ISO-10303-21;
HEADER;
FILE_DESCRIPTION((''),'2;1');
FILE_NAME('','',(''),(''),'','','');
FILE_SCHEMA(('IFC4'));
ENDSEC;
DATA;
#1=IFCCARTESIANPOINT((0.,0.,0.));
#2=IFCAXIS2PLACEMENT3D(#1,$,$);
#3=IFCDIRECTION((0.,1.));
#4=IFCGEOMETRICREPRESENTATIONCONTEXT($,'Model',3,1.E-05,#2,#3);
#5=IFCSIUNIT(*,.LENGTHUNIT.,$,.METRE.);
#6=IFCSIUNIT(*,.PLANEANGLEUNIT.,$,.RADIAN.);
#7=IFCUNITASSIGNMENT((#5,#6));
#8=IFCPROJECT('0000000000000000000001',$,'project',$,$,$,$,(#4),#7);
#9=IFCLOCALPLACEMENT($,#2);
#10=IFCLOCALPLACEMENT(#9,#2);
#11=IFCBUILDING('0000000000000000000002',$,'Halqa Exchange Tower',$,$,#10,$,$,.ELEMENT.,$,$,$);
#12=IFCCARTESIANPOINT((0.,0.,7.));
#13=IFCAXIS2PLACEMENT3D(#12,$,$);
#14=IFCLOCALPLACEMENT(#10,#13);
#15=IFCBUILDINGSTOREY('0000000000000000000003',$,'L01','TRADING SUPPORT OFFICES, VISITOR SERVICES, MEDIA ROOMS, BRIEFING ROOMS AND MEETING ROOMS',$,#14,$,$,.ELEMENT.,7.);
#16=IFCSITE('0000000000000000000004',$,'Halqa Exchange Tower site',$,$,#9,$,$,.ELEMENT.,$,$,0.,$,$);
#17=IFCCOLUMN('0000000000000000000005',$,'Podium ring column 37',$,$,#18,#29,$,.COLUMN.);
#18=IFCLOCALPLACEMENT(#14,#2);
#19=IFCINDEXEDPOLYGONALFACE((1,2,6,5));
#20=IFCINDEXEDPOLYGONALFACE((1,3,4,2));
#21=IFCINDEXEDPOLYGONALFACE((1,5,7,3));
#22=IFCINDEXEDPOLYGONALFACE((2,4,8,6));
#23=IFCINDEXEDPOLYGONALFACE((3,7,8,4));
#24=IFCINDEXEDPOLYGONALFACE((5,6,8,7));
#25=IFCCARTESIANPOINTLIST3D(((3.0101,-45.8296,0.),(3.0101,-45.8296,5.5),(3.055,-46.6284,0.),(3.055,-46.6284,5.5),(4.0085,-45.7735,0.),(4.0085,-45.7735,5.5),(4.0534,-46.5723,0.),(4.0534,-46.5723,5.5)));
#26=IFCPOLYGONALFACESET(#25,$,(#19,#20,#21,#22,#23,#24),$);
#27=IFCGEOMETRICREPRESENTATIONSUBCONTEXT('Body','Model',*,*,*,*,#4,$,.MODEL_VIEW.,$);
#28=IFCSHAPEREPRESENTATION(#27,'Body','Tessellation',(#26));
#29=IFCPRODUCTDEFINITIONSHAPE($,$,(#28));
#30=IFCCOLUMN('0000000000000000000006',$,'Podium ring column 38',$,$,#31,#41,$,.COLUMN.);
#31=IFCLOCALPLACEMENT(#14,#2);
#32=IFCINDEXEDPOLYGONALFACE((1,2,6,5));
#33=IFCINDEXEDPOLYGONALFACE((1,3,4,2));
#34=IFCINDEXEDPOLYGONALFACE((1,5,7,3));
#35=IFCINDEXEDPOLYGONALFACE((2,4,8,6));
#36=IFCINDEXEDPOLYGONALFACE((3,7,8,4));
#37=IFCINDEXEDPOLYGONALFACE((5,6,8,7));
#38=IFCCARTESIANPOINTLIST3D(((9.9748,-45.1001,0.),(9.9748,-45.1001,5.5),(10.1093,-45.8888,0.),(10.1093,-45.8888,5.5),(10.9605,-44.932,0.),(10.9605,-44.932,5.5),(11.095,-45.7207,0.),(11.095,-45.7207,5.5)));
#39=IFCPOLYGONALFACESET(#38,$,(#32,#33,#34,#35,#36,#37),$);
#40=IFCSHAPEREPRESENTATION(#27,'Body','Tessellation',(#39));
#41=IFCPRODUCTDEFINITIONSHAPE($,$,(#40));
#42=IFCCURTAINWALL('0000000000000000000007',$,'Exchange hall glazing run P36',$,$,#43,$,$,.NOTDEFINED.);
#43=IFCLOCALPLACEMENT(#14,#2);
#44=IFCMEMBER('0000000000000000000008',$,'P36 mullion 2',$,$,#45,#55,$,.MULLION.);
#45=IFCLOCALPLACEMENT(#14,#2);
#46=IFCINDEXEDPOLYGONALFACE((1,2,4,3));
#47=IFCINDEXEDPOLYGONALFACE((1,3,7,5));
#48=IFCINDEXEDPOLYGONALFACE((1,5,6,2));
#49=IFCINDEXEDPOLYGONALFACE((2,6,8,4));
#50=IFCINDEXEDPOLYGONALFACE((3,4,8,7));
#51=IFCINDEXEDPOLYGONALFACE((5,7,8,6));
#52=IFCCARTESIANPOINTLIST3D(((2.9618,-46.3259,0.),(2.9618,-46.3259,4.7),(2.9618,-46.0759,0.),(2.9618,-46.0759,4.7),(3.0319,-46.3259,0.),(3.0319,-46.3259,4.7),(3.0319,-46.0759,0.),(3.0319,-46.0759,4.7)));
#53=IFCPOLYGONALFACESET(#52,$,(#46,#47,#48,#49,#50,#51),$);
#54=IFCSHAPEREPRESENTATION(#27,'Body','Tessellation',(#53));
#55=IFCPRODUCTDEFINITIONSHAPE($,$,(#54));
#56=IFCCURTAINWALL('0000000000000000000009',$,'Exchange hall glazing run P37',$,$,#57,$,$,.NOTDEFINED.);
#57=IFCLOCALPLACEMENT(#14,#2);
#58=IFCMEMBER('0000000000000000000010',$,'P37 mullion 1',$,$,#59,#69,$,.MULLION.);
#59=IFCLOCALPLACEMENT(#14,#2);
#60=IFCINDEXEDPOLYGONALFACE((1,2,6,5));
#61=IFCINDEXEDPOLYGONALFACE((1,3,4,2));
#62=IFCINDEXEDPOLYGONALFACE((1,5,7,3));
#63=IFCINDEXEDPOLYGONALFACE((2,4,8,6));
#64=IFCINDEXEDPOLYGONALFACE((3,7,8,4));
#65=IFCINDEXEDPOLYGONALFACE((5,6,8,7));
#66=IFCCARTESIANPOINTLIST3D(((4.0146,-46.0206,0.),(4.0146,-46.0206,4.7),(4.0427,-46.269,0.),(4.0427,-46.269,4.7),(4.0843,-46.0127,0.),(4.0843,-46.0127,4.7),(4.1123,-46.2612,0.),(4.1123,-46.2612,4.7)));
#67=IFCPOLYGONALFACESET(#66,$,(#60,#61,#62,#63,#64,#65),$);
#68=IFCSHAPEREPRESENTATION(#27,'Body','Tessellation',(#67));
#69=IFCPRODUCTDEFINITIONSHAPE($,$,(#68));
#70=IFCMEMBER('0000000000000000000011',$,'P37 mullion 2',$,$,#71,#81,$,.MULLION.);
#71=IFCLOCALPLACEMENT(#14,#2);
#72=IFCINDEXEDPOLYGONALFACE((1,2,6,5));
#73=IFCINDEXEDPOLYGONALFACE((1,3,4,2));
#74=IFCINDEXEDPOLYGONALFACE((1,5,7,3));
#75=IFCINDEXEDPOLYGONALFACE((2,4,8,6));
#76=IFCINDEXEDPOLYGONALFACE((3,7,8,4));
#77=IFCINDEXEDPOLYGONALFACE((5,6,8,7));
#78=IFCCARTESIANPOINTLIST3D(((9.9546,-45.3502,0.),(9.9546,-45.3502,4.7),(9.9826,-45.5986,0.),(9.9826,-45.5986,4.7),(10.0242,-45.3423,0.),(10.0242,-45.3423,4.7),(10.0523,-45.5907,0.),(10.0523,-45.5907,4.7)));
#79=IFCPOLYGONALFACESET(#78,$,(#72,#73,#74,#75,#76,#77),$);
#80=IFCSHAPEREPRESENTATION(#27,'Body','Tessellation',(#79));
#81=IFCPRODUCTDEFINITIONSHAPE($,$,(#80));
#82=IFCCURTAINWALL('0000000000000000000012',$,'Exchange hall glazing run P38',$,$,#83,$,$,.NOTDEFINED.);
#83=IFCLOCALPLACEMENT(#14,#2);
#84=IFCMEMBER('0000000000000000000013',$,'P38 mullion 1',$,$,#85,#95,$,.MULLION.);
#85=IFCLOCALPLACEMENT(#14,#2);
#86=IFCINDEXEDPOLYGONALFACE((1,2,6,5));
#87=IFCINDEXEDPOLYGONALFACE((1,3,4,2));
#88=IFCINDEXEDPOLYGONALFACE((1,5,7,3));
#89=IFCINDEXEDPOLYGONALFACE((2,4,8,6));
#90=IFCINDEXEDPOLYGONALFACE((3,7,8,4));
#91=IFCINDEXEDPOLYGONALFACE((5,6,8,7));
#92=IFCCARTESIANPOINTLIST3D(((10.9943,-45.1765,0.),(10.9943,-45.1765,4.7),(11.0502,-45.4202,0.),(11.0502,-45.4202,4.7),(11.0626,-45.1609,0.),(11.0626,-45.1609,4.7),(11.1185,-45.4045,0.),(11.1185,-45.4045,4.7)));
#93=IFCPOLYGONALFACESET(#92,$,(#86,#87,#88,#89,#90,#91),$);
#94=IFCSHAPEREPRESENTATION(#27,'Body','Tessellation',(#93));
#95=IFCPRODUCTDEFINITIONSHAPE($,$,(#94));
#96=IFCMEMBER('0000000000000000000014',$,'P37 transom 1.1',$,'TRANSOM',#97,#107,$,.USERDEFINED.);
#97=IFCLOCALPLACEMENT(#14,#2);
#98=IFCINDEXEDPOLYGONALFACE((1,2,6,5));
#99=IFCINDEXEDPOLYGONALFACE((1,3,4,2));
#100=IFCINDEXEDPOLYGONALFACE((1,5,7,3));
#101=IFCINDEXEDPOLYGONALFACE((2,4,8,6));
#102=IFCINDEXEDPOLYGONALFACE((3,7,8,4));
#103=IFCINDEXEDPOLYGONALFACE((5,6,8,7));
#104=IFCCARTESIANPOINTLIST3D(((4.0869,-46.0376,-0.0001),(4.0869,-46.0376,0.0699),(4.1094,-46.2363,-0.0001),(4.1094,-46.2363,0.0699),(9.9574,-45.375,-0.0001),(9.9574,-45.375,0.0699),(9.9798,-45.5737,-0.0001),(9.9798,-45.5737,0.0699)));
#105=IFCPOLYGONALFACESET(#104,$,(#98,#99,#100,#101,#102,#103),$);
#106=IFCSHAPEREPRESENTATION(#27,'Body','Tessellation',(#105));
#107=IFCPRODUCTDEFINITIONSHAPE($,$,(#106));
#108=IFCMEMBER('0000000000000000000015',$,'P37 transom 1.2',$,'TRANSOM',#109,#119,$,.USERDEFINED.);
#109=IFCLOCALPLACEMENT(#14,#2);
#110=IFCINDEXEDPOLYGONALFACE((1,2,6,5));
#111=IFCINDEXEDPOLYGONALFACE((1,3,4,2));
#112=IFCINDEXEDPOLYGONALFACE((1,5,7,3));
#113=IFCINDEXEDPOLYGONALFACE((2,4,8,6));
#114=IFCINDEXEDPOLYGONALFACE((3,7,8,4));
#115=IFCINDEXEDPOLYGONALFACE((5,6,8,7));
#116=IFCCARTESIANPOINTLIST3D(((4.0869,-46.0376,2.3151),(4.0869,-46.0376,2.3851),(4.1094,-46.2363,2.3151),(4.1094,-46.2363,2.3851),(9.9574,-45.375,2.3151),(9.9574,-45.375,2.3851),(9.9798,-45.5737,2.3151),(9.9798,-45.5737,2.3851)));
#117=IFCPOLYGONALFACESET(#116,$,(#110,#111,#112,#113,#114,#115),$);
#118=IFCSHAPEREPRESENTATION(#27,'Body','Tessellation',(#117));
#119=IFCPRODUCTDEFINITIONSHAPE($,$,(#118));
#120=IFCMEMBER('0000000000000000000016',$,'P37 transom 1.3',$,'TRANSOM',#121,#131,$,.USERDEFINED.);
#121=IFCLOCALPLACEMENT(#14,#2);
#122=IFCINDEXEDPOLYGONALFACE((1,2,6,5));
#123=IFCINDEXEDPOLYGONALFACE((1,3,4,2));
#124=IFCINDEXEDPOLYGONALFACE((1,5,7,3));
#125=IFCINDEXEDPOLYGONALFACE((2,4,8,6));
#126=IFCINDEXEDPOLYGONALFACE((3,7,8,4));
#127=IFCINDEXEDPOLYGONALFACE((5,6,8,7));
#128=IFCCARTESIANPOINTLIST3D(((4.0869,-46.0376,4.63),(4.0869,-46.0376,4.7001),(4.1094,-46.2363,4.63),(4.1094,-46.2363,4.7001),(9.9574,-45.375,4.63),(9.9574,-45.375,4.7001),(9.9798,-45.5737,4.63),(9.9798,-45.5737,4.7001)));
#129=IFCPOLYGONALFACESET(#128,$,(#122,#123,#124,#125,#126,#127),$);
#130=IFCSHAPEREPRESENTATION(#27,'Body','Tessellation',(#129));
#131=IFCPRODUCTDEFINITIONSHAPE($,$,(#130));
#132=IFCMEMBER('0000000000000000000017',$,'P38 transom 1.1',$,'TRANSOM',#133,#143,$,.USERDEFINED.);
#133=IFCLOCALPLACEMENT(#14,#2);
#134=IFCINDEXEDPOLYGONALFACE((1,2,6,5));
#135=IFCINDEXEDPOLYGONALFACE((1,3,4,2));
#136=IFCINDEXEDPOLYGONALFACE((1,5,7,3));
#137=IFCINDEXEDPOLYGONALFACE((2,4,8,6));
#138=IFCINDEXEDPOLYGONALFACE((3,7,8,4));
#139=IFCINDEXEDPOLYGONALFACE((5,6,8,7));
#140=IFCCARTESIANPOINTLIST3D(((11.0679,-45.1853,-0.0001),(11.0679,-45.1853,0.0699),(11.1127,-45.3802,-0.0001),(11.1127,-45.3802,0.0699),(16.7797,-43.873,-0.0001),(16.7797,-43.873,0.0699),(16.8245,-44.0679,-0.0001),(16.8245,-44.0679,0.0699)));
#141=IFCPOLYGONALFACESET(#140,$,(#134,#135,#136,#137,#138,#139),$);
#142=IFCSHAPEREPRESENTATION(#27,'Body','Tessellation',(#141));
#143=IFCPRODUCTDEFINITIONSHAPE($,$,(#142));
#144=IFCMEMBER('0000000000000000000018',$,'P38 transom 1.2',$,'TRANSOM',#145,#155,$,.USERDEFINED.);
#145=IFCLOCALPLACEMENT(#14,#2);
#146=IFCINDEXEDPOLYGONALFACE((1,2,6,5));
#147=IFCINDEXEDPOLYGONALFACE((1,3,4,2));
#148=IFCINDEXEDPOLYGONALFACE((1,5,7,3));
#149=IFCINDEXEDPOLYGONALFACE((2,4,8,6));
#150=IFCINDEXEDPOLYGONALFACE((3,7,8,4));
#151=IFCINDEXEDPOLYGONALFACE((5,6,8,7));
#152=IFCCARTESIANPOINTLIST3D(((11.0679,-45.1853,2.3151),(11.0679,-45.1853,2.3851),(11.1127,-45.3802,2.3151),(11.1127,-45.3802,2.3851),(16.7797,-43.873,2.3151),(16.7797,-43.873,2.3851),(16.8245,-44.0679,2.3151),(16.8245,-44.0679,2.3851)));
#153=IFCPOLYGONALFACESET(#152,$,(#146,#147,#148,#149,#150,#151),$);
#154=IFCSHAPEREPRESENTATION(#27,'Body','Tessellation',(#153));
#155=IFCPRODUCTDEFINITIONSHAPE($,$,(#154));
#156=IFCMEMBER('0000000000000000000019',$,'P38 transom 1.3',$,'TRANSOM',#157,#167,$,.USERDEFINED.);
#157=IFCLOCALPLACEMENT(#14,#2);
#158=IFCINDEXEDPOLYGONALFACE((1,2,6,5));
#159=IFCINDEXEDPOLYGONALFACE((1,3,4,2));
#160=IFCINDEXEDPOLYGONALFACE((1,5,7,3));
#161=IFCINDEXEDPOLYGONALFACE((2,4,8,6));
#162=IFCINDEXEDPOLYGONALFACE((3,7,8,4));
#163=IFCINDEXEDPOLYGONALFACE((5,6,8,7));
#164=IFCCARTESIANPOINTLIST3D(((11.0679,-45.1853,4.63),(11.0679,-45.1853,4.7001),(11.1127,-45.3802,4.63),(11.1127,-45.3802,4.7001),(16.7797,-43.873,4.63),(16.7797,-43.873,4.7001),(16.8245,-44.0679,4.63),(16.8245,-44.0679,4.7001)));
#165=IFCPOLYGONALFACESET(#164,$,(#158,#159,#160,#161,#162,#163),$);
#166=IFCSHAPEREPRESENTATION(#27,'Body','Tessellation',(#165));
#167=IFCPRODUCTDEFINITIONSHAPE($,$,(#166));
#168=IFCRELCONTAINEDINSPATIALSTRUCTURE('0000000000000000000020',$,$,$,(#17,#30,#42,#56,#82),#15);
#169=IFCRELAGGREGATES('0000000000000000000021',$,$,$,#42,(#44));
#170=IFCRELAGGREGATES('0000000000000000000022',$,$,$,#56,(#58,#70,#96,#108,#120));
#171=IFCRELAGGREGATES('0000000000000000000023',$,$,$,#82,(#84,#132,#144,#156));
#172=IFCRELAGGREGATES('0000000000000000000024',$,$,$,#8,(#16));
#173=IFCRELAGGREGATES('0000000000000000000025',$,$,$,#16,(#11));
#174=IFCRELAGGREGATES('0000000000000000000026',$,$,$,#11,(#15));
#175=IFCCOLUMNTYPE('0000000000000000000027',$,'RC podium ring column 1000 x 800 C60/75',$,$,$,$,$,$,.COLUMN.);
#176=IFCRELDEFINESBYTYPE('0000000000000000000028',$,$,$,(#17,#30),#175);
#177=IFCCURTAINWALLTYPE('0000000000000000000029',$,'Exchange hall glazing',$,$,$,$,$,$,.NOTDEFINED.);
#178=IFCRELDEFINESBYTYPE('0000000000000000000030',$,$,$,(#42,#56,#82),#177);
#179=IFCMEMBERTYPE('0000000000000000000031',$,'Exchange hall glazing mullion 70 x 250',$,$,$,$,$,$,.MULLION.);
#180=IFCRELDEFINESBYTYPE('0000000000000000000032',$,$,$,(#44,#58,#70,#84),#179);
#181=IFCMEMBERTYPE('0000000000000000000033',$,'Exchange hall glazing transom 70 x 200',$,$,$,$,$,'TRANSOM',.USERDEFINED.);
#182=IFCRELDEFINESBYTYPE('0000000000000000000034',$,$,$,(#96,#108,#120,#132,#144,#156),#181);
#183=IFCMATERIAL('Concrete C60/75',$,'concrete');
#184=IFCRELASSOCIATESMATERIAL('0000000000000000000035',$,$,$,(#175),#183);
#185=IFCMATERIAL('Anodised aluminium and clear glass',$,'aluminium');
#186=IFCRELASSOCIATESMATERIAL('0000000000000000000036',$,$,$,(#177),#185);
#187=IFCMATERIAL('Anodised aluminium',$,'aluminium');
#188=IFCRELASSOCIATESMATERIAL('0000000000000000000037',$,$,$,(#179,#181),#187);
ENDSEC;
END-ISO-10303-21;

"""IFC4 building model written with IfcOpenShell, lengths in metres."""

from ifc_helpers import new_model, si_unit, direction, frame, origin, origin_2d, place, context, subcontext, project, spatial, rectangle, extrude, material, material_profile, profile_set, type_object, element, aggregate, save


model = new_model("IFC4")

# Units and contexts
model_context = context("Model", 3, precision=1e-05, world=origin(), true_north=direction((0.0, 1.0)))
body_context = subcontext(model_context, "Body", "Model", "MODEL_VIEW")
ifc_project = project(units=[si_unit("LENGTHUNIT", "METRE"), si_unit("PLANEANGLEUNIT", "RADIAN")], contexts=[model_context])

# Site, building, storey
site_placement = place(None, origin())
site = spatial("IfcSite", under=ifc_project, at=site_placement, Name="Halqa Exchange Tower site", CompositionType="ELEMENT", RefElevation=0.0)
building_placement = place(site_placement, origin())
building = spatial("IfcBuilding", under=site, at=building_placement, Name="Halqa Exchange Tower", CompositionType="ELEMENT")
storey_placement = place(building_placement, frame((0.0, 0.0, 7.0)))
storey = spatial("IfcBuildingStorey", under=building, at=storey_placement, Name="L01", Description="TRADING SUPPORT OFFICES, VISITOR SERVICES, MEDIA ROOMS, BRIEFING ROOMS AND MEETING ROOMS", CompositionType="ELEMENT", Elevation=7.0)

# Columns
ifc_material_1 = material(Name="Concrete C60/75", Category="concrete")
ifc_material_profile_1 = material_profile(ifc_material_1, rectangle(XDim=1.0, YDim=0.8, at=origin_2d()), Name="1000 x 800")
ifc_profile_set_1 = profile_set([ifc_material_profile_1], Name="Concrete C60/75")
column_type = type_object("IfcColumnType", Name="RC podium ring column 1000 x 800 C60/75", PredefinedType="COLUMN", material=ifc_profile_set_1)
for number, where, z_axis, x_axis, name in (
    (1, (3.5317, -46.2009, 0.0), (0.0, 0.0, 1.0), (0.998425, 0.056107, 0.0), "Podium ring column 37"),
    (2, (10.5349, -45.4104, 0.0), (0.0, 0.0, 1.0), (0.985766, 0.168121, 0.0), "Podium ring column 38"),
):
    element("IfcColumn", number, at=place(storey_placement, frame(where, z_axis=z_axis, x_axis=x_axis)), inside=storey, type_object=column_type, Name=name, PredefinedType="COLUMN", context=body_context, shape_type="SweptSolid", body=[
        extrude(rectangle(XDim=1.0, YDim=0.8, at=origin_2d()), origin(), (0.0, 0.0, 1.0), 5.5),
    ])

# Curtain wall, member
ifc_material_2 = material(Name="Anodised aluminium and clear glass", Category="aluminium")
curtain_wall_type = type_object("IfcCurtainWallType", Name="Exchange hall glazing", PredefinedType="NOTDEFINED", material=ifc_material_2)
curtain_wall_1_placement = place(storey_placement, origin())
curtain_wall_1 = element("IfcCurtainWall", 3, at=curtain_wall_1_placement, inside=storey, type_object=curtain_wall_type, Name="Exchange hall glazing run P36", PredefinedType="NOTDEFINED")
ifc_material_3 = material(Name="Anodised aluminium", Category="aluminium")
ifc_material_profile_2 = material_profile(ifc_material_3, rectangle(XDim=0.25, YDim=0.0701, at=origin_2d()), Name="AL 70x250")
ifc_profile_set_2 = profile_set([ifc_material_profile_2], Name="Anodised aluminium")
member_type_1 = type_object("IfcMemberType", Name="Exchange hall glazing mullion 70 x 250", PredefinedType="MULLION", material=ifc_profile_set_2)
member_1_placement = place(storey_placement, frame((2.9968, -46.2009, 0.0), z_axis=(0.0, 0.0, 1.0), x_axis=(0.0, 1.0, 0.0)))
member_1 = element("IfcMember", 4, at=member_1_placement, type_object=member_type_1, Name="P36 mullion 2", PredefinedType="MULLION", context=body_context, shape_type="SweptSolid", body=[
    extrude(rectangle(XDim=0.25, YDim=0.0701, at=origin_2d()), origin(), (0.0, 0.0, 1.0), 4.7),
])

# Curtain wall, members
curtain_wall_2_placement = place(storey_placement, origin())
curtain_wall_2 = element("IfcCurtainWall", 5, at=curtain_wall_2_placement, inside=storey, type_object=curtain_wall_type, Name="Exchange hall glazing run P37", PredefinedType="NOTDEFINED")
member_2_placement = place(storey_placement, frame((4.0635, -46.1409, 0.0), z_axis=(0.0, 0.0, 1.0), x_axis=(-0.112159, 0.99369, 0.0)))
member_2 = element("IfcMember", 6, at=member_2_placement, type_object=member_type_1, Name="P37 mullion 1", PredefinedType="MULLION", context=body_context, shape_type="SweptSolid", body=[
    extrude(rectangle(XDim=0.25, YDim=0.0701, at=origin_2d()), origin(), (0.0, 0.0, 1.0), 4.7),
])
member_3_placement = place(storey_placement, frame((10.0034, -45.4705, 0.0), z_axis=(0.0, 0.0, 1.0), x_axis=(-0.112159, 0.99369, 0.0)))
member_3 = element("IfcMember", 7, at=member_3_placement, type_object=member_type_1, Name="P37 mullion 2", PredefinedType="MULLION", context=body_context, shape_type="SweptSolid", body=[
    extrude(rectangle(XDim=0.25, YDim=0.0701, at=origin_2d()), origin(), (0.0, 0.0, 1.0), 4.7),
])

# Curtain wall, member
curtain_wall_3_placement = place(storey_placement, origin())
curtain_wall_3 = element("IfcCurtainWall", 8, at=curtain_wall_3_placement, inside=storey, type_object=curtain_wall_type, Name="Exchange hall glazing run P38", PredefinedType="NOTDEFINED")
member_4_placement = place(storey_placement, frame((11.0564, -45.2905, 0.0), z_axis=(0.0, 0.0, 1.0), x_axis=(-0.223897, 0.974613, 0.0)))
member_4 = element("IfcMember", 9, at=member_4_placement, type_object=member_type_1, Name="P38 mullion 1", PredefinedType="MULLION", context=body_context, shape_type="SweptSolid", body=[
    extrude(rectangle(XDim=0.25, YDim=0.0701, at=origin_2d()), origin(), (0.0, 0.0, 1.0), 4.7),
])

# Members
ifc_material_profile_3 = material_profile(ifc_material_3, rectangle(XDim=0.2, YDim=0.0701, at=origin_2d()), Name="AL 70x200")
ifc_profile_set_3 = profile_set([ifc_material_profile_3], Name="Anodised aluminium")
member_type_2 = type_object("IfcMemberType", Name="Exchange hall glazing transom 70 x 200", ElementType="TRANSOM", PredefinedType="USERDEFINED", material=ifc_profile_set_3)
member_5_placement = place(storey_placement, frame((4.0981, -46.137, 0.0349), z_axis=(0.99369, 0.11216, 0.0), x_axis=(-0.11216, 0.99369, 0.0)))
member_5 = element("IfcMember", 10, at=member_5_placement, type_object=member_type_2, Name="P37 transom 1.1", ObjectType="TRANSOM", PredefinedType="USERDEFINED", context=body_context, shape_type="SweptSolid", body=[
    extrude(rectangle(XDim=0.2, YDim=0.0701, at=origin_2d()), origin(), (0.0, 0.0, 1.0), 5.9077),
])
member_6_placement = place(storey_placement, frame((4.0981, -46.137, 2.3501), z_axis=(0.99369, 0.11216, 0.0), x_axis=(-0.11216, 0.99369, 0.0)))
member_6 = element("IfcMember", 11, at=member_6_placement, type_object=member_type_2, Name="P37 transom 1.2", ObjectType="TRANSOM", PredefinedType="USERDEFINED", context=body_context, shape_type="SweptSolid", body=[
    extrude(rectangle(XDim=0.2, YDim=0.0701, at=origin_2d()), origin(), (0.0, 0.0, 1.0), 5.9077),
])
member_7_placement = place(storey_placement, frame((4.0981, -46.137, 4.665), z_axis=(0.99369, 0.11216, 0.0), x_axis=(-0.11216, 0.99369, 0.0)))
member_7 = element("IfcMember", 12, at=member_7_placement, type_object=member_type_2, Name="P37 transom 1.3", ObjectType="TRANSOM", PredefinedType="USERDEFINED", context=body_context, shape_type="SweptSolid", body=[
    extrude(rectangle(XDim=0.2, YDim=0.0701, at=origin_2d()), origin(), (0.0, 0.0, 1.0), 5.9077),
])
member_8_placement = place(storey_placement, frame((11.0903, -45.2827, 0.0349), z_axis=(0.97461, 0.223907, 0.0), x_axis=(-0.223907, 0.97461, 0.0)))
member_8 = element("IfcMember", 13, at=member_8_placement, type_object=member_type_2, Name="P38 transom 1.1", ObjectType="TRANSOM", PredefinedType="USERDEFINED", context=body_context, shape_type="SweptSolid", body=[
    extrude(rectangle(XDim=0.2, YDim=0.0701, at=origin_2d()), origin(), (0.0, 0.0, 1.0), 5.8606),
])
member_9_placement = place(storey_placement, frame((11.0903, -45.2827, 2.3501), z_axis=(0.97461, 0.223907, 0.0), x_axis=(-0.223907, 0.97461, 0.0)))
member_9 = element("IfcMember", 14, at=member_9_placement, type_object=member_type_2, Name="P38 transom 1.2", ObjectType="TRANSOM", PredefinedType="USERDEFINED", context=body_context, shape_type="SweptSolid", body=[
    extrude(rectangle(XDim=0.2, YDim=0.0701, at=origin_2d()), origin(), (0.0, 0.0, 1.0), 5.8606),
])
member_10_placement = place(storey_placement, frame((11.0903, -45.2827, 4.665), z_axis=(0.97461, 0.223907, 0.0), x_axis=(-0.223907, 0.97461, 0.0)))
member_10 = element("IfcMember", 15, at=member_10_placement, type_object=member_type_2, Name="P38 transom 1.3", ObjectType="TRANSOM", PredefinedType="USERDEFINED", context=body_context, shape_type="SweptSolid", body=[
    extrude(rectangle(XDim=0.2, YDim=0.0701, at=origin_2d()), origin(), (0.0, 0.0, 1.0), 5.8606),
])

aggregate(curtain_wall_1, [member_1])
aggregate(curtain_wall_2, [member_2, member_3, member_5, member_6, member_7])
aggregate(curtain_wall_3, [member_4, member_8, member_9, member_10])

save(model, "model.ifc")
